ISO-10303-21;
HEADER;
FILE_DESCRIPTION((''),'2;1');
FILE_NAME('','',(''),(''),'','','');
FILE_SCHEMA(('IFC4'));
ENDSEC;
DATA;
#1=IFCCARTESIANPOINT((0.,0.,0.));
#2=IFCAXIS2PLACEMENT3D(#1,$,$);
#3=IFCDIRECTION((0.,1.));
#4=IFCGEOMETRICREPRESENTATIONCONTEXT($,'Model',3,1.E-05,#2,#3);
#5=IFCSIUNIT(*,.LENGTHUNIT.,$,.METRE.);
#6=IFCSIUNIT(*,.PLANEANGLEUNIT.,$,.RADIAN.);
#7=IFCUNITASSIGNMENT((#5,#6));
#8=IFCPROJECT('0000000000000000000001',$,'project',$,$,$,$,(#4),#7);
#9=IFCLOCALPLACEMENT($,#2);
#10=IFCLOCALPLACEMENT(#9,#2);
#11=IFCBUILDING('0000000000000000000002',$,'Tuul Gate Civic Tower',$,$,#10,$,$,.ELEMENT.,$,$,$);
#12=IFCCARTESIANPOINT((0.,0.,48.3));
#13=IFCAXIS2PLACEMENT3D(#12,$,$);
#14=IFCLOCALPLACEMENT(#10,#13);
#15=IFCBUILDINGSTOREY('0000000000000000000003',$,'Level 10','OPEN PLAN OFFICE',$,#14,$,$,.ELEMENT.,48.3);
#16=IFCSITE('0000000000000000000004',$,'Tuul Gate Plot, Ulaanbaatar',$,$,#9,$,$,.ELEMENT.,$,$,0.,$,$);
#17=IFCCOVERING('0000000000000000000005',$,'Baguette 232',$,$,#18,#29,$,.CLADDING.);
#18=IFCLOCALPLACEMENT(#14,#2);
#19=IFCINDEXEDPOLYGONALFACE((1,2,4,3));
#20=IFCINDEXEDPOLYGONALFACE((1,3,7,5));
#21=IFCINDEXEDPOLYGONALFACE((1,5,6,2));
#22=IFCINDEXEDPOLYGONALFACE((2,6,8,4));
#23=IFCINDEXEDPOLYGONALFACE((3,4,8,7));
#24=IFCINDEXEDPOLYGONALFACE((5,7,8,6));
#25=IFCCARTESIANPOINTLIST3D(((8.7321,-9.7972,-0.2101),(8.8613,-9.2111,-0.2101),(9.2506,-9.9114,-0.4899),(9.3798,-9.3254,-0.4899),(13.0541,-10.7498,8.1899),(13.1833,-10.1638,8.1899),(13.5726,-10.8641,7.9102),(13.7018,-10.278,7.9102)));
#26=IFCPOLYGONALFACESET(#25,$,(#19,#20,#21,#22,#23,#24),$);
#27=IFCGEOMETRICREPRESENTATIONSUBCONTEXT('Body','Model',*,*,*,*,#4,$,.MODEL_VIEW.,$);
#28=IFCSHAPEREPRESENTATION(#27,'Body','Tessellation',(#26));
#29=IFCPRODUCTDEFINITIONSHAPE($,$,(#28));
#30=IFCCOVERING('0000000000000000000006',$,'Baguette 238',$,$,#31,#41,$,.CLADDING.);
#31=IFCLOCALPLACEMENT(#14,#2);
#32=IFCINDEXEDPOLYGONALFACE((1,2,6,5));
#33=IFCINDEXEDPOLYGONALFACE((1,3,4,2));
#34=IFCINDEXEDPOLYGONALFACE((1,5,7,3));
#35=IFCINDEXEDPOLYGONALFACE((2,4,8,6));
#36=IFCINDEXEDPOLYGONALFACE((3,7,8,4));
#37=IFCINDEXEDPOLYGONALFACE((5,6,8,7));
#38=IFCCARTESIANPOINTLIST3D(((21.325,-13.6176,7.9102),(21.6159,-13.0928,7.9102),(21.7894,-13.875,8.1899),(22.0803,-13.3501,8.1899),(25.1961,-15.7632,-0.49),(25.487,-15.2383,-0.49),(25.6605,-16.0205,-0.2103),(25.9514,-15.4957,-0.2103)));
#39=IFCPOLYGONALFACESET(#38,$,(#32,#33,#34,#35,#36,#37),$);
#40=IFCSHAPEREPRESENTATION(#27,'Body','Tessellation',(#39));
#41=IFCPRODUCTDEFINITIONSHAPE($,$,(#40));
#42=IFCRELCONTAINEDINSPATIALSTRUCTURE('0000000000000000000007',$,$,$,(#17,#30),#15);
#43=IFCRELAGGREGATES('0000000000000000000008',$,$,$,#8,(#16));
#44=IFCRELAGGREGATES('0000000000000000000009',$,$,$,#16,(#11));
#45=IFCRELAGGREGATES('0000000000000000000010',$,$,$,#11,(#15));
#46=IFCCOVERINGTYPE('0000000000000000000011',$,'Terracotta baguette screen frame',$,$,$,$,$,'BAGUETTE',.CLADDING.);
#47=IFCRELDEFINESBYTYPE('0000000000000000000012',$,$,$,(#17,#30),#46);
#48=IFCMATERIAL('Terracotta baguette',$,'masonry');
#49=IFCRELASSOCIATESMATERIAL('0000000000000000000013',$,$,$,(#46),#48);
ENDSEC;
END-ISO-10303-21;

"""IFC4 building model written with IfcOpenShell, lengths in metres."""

from ifc_helpers import new_model, si_unit, direction, frame, origin, origin_2d, place, context, subcontext, project, spatial, rectangle, extrude, material, material_profile, profile_set, type_object, element, save


model = new_model("IFC4")

# Units and contexts
model_context = context("Model", 3, precision=1e-05, world=origin(), true_north=direction((0.0, 1.0)))
body_context = subcontext(model_context, "Body", "Model", "MODEL_VIEW")
ifc_project = project(units=[si_unit("LENGTHUNIT", "METRE"), si_unit("PLANEANGLEUNIT", "RADIAN")], contexts=[model_context])

# Site, building, storey
site_placement = place(None, origin())
site = spatial("IfcSite", under=ifc_project, at=site_placement, Name="Tuul Gate Plot, Ulaanbaatar", CompositionType="ELEMENT", RefElevation=0.0)
building_placement = place(site_placement, origin())
building = spatial("IfcBuilding", under=site, at=building_placement, Name="Tuul Gate Civic Tower", CompositionType="ELEMENT")
storey_placement = place(building_placement, frame((0.0, 0.0, 48.3)))
storey = spatial("IfcBuildingStorey", under=building, at=storey_placement, Name="Level 10", Description="OPEN PLAN OFFICE", CompositionType="ELEMENT", Elevation=48.3)

# Coverings
ifc_material_1 = material(Name="Terracotta baguette", Category="masonry")
ifc_material_profile_1 = material_profile(ifc_material_1, rectangle(XDim=0.6001, YDim=0.6001, at=origin_2d()), Name="Terracotta baguette screen frame")
ifc_profile_set_1 = profile_set([ifc_material_profile_1], Name="Terracotta baguette")
covering_type = type_object("IfcCoveringType", Name="Terracotta baguette screen frame", ElementType="BAGUETTE", PredefinedType="CLADDING", material=ifc_profile_set_1)
covering_1_placement = place(storey_placement, frame((13.3779, -10.5139, 8.05), z_axis=(-0.455202, 0.100333, -0.884717), x_axis=(-0.215248, -0.976559, 0.0)))
element("IfcCovering", 1, at=covering_1_placement, inside=storey, type_object=covering_type, Name="Baguette 232", PredefinedType="CLADDING", context=body_context, shape_type="SweptSolid", body=[
    extrude(rectangle(XDim=0.6001, YDim=0.6001, at=origin_2d()), origin(), (0.0, 0.0, 1.0), 9.4946),
])
covering_2_placement = place(storey_placement, frame((21.7026, -13.4839, 8.05), z_axis=(0.407707, -0.225967, -0.884711), x_axis=(0.484762, 0.874646, 0.0)))
element("IfcCovering", 2, at=covering_2_placement, inside=storey, type_object=covering_type, Name="Baguette 238", PredefinedType="CLADDING", context=body_context, shape_type="SweptSolid", body=[
    extrude(rectangle(XDim=0.6001, YDim=0.6001, at=origin_2d()), origin(), (0.0, 0.0, 1.0), 9.4949),
])

save(model, "model.ifc")
